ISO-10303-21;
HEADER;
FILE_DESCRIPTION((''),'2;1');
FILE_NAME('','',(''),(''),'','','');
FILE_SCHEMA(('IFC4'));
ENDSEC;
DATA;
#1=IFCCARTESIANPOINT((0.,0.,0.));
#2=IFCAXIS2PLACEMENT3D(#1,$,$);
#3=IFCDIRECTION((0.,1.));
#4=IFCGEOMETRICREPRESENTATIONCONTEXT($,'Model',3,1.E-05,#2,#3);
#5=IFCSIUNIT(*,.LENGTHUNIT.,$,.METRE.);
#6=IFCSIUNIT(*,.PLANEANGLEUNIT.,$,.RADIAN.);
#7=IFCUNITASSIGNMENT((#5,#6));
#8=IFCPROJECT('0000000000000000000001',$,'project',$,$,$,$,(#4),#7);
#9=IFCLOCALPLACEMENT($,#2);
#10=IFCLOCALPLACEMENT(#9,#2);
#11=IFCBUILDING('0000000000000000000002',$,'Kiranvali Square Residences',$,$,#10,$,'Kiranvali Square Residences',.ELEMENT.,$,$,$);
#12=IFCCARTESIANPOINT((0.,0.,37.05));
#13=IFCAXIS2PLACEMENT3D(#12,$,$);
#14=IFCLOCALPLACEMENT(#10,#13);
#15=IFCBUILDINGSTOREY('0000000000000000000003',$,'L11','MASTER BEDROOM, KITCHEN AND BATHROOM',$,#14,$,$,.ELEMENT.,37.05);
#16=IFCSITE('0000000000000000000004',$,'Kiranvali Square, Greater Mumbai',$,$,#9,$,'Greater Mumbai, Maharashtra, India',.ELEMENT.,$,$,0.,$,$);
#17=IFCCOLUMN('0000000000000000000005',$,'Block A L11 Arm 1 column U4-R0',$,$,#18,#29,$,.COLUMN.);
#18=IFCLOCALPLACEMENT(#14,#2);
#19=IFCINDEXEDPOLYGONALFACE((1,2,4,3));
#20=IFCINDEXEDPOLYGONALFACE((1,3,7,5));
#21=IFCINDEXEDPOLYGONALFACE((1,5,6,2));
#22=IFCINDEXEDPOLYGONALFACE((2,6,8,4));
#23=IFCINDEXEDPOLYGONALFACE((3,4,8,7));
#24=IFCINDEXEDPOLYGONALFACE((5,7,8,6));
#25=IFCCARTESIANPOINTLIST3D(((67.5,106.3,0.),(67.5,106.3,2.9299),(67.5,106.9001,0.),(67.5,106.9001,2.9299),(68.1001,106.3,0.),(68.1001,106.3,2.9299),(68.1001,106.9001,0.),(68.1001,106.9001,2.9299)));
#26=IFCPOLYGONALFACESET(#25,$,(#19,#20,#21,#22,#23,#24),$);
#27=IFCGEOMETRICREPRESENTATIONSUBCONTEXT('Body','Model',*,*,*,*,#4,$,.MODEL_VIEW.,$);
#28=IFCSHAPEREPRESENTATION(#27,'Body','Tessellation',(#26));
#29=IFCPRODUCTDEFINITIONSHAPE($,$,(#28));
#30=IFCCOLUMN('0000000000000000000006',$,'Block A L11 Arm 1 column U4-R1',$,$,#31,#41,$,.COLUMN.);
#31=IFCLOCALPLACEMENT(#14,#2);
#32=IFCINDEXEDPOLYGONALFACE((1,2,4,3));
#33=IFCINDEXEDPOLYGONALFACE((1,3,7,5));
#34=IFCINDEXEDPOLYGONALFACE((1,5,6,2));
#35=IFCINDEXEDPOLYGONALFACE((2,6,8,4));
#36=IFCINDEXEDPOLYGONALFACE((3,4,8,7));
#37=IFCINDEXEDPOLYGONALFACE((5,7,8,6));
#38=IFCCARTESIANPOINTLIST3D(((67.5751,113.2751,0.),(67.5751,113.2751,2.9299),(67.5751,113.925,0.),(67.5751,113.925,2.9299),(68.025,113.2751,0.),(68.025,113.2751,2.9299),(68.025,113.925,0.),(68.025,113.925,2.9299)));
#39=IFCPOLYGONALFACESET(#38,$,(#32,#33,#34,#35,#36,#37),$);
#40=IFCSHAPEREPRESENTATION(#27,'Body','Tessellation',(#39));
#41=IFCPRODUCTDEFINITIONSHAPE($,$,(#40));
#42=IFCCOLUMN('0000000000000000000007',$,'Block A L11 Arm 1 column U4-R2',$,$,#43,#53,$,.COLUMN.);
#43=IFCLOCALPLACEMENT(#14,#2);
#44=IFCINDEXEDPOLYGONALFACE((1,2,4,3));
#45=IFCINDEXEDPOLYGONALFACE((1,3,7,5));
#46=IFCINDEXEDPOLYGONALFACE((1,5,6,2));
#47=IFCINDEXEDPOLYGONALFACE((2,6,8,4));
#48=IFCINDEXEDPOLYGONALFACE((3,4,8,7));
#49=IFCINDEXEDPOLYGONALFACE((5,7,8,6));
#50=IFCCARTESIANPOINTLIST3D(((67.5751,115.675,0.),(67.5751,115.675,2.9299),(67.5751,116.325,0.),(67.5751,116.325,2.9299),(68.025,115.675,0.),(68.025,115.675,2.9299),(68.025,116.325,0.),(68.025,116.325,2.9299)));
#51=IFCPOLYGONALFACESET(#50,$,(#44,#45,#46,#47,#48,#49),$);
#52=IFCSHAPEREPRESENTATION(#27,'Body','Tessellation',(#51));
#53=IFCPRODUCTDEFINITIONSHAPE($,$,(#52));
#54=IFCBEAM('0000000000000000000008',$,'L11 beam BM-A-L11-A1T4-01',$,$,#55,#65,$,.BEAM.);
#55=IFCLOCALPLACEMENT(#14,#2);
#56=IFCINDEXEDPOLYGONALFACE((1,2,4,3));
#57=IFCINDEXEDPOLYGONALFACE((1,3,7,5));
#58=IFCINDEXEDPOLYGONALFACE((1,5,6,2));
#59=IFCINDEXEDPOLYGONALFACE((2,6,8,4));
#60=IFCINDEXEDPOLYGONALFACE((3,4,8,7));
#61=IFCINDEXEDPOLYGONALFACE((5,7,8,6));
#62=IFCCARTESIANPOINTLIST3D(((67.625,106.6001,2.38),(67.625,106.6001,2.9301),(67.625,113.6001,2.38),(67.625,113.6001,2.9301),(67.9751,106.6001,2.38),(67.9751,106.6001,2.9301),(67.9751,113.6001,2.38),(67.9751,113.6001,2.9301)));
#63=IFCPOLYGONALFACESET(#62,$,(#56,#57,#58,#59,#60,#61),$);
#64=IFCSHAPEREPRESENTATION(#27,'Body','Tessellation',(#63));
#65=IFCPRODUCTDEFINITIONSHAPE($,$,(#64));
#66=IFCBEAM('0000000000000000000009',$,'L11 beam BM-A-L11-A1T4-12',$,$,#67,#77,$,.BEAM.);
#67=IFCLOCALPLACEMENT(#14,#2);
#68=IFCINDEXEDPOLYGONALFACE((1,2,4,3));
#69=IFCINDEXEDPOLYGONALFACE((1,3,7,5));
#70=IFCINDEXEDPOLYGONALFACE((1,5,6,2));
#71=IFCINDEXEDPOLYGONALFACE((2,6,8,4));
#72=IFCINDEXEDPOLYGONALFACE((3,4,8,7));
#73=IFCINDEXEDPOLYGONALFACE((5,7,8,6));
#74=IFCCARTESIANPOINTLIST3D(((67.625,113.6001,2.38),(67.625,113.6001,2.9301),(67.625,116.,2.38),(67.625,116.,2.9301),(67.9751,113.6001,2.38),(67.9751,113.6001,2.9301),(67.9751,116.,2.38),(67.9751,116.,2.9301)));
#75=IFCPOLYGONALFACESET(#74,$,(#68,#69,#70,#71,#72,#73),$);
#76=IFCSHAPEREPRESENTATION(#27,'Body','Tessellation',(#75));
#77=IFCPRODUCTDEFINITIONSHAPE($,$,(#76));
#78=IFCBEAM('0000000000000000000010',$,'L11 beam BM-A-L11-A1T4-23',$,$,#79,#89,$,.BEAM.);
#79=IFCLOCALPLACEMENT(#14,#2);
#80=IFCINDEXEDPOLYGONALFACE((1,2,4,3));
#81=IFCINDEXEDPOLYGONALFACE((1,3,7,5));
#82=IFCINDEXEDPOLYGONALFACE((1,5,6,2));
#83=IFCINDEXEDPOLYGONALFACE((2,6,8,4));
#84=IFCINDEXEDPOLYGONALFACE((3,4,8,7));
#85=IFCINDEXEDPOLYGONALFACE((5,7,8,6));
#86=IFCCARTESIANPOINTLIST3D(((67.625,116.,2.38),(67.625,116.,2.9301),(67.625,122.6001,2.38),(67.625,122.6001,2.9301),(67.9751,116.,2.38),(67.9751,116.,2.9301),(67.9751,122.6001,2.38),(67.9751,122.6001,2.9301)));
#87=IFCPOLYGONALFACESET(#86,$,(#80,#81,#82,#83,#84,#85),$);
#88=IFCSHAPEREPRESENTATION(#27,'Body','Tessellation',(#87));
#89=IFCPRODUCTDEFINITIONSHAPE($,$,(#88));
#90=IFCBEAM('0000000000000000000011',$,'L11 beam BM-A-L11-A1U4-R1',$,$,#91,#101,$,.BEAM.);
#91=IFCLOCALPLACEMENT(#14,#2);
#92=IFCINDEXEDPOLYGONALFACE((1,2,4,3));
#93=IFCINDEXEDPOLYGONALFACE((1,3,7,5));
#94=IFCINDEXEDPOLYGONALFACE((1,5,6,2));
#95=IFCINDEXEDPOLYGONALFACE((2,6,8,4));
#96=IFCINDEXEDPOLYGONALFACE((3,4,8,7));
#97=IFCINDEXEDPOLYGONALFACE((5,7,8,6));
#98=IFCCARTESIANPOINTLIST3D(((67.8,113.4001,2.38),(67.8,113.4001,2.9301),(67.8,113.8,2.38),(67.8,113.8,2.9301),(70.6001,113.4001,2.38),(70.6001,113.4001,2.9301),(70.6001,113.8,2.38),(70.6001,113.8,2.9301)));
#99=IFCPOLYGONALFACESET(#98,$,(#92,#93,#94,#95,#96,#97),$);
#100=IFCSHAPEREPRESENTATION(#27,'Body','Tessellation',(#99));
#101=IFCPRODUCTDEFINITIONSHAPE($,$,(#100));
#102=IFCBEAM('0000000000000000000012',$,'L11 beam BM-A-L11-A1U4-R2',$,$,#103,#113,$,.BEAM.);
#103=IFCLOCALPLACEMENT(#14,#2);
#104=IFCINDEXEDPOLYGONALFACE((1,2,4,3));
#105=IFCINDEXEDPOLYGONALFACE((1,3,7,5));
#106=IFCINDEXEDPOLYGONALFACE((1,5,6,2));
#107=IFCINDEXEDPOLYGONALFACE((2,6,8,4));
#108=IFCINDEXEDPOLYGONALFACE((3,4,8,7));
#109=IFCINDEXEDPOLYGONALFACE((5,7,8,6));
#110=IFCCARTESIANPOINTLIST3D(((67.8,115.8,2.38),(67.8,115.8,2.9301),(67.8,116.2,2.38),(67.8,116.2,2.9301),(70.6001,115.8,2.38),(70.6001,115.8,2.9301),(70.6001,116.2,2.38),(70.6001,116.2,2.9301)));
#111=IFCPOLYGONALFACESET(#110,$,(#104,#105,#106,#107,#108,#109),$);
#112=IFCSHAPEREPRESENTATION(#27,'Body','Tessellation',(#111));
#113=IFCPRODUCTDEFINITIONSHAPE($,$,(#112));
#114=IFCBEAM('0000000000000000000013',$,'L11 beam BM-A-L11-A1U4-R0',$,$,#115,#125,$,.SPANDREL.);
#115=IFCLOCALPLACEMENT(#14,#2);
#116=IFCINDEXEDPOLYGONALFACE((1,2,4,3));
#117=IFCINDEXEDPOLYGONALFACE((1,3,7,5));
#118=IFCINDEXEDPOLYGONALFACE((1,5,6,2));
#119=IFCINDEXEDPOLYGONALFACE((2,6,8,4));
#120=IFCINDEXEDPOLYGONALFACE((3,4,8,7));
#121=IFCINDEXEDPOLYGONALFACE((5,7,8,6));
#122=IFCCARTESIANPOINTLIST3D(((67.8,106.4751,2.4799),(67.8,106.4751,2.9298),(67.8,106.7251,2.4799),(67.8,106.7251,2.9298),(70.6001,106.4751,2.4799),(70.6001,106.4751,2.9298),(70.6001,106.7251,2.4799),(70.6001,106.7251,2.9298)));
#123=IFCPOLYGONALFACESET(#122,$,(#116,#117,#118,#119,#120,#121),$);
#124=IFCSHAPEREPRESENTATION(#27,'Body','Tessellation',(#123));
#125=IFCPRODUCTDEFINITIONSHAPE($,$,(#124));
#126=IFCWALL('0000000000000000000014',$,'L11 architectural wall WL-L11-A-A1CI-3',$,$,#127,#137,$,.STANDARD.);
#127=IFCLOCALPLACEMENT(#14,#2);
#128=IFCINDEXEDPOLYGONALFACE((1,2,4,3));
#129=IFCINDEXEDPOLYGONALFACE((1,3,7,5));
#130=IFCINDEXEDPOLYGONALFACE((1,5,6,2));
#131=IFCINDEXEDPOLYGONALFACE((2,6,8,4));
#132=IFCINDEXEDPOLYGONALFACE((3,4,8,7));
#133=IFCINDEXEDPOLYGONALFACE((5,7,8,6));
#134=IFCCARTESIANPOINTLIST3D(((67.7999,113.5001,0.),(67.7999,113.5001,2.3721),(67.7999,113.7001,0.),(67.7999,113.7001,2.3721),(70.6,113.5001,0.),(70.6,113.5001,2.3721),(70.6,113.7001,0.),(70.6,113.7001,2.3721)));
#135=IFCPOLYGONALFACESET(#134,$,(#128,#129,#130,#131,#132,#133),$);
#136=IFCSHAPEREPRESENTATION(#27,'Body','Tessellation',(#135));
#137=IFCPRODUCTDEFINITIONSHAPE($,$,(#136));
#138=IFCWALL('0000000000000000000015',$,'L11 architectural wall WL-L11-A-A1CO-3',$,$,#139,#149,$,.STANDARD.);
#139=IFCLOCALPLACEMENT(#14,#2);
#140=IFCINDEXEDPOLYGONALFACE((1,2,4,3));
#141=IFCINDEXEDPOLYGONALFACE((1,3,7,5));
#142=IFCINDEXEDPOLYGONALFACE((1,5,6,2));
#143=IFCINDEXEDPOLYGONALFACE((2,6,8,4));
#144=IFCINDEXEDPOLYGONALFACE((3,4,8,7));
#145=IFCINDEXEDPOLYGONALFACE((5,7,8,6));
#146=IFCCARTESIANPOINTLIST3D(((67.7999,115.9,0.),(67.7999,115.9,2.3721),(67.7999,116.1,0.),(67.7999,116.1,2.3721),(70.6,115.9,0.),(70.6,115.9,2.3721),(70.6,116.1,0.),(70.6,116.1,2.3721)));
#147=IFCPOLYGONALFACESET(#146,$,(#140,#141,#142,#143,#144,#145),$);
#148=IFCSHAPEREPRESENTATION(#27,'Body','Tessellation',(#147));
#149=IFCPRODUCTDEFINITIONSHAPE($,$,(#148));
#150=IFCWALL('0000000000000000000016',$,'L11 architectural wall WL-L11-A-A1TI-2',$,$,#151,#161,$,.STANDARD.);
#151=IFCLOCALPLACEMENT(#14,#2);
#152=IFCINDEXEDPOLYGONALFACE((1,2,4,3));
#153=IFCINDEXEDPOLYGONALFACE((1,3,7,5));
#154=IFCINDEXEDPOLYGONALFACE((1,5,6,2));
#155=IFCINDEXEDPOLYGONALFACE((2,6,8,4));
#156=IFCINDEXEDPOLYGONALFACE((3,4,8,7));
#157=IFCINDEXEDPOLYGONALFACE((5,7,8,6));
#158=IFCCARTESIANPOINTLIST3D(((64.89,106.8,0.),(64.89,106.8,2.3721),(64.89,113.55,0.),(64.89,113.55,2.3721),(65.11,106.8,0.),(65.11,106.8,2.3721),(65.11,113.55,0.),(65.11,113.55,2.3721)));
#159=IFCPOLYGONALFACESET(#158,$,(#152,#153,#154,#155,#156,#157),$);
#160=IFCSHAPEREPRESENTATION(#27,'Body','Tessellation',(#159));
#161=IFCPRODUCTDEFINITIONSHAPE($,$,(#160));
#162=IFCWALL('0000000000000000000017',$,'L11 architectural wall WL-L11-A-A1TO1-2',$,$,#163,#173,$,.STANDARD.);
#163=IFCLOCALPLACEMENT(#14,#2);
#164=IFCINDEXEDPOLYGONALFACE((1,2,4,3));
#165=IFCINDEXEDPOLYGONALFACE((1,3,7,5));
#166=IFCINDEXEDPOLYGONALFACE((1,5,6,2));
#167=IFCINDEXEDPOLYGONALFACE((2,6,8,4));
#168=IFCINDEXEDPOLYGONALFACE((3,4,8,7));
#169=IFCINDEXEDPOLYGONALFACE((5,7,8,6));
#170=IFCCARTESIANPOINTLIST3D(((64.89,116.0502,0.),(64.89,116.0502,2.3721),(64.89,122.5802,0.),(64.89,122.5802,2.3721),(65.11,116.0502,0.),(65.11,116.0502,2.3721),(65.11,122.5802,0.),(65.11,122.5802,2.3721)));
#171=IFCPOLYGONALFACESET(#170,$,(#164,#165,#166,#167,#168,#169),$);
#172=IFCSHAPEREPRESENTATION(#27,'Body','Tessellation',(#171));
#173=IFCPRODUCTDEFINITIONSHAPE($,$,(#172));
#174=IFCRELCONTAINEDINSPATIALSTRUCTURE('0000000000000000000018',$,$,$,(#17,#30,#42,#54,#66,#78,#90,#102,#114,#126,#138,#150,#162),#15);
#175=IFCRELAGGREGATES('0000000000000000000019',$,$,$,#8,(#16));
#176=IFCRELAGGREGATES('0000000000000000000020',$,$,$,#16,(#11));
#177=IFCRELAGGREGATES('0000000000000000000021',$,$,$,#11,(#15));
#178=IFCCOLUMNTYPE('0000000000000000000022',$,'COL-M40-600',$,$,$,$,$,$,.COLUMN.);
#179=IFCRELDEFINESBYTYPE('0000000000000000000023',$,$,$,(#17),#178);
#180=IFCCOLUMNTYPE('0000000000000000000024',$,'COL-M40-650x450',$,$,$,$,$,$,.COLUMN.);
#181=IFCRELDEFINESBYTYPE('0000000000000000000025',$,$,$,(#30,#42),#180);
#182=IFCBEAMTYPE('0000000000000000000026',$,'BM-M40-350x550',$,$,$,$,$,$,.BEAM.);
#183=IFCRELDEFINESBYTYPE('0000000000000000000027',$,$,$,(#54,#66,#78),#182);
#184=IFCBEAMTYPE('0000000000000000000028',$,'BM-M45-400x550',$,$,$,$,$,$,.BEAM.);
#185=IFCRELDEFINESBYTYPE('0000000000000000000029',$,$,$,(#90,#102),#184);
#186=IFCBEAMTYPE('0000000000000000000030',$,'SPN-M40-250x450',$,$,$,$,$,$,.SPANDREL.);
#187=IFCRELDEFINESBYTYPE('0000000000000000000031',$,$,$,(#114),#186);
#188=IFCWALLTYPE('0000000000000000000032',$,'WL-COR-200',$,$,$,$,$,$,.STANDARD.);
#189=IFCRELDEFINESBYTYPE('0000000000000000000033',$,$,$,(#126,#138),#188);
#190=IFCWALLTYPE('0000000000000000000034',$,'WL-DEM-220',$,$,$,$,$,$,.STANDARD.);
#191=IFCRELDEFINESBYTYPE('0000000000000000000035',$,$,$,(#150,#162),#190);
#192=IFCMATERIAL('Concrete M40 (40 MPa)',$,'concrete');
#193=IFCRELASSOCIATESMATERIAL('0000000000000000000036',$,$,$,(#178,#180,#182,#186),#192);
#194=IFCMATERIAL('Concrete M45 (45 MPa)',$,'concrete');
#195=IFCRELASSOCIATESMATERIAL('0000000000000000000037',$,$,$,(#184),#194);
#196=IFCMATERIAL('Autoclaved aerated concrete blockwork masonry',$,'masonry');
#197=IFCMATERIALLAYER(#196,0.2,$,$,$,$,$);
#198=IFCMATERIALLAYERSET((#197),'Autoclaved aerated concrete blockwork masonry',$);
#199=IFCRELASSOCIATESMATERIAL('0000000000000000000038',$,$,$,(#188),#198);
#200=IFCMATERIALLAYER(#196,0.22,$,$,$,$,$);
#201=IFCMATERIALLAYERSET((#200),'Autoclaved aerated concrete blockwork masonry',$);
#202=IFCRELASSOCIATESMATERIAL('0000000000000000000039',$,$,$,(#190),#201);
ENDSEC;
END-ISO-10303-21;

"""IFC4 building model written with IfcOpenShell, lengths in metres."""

from ifc_helpers import new_model, si_unit, direction, frame, frame_2d, origin, origin_2d, place, context, subcontext, project, spatial, rectangle, extrude, material, layer, layer_set, material_profile, profile_set, type_object, element, save


model = new_model("IFC4")

# Units and contexts
model_context = context("Model", 3, precision=1e-05, world=origin(), true_north=direction((0.0, 1.0)))
body_context = subcontext(model_context, "Body", "Model", "MODEL_VIEW")
ifc_project = project(units=[si_unit("LENGTHUNIT", "METRE"), si_unit("PLANEANGLEUNIT", "RADIAN")], contexts=[model_context])

# Site, building, storey
site_placement = place(None, origin())
site = spatial("IfcSite", under=ifc_project, at=site_placement, Name="Kiranvali Square, Greater Mumbai", LongName="Greater Mumbai, Maharashtra, India", CompositionType="ELEMENT", RefElevation=0.0)
building_placement = place(site_placement, origin())
building = spatial("IfcBuilding", under=site, at=building_placement, Name="Kiranvali Square Residences", LongName="Kiranvali Square Residences", CompositionType="ELEMENT")
storey_placement = place(building_placement, frame((0.0, 0.0, 37.05)))
storey = spatial("IfcBuildingStorey", under=building, at=storey_placement, Name="L11", Description="MASTER BEDROOM, KITCHEN AND BATHROOM", CompositionType="ELEMENT", Elevation=37.05)

# Columns
ifc_material_1 = material(Name="Concrete M40 (40 MPa)", Category="concrete")
ifc_material_profile_1 = material_profile(ifc_material_1, rectangle(XDim=0.6001, YDim=0.6001, at=origin_2d()), Name="RC 600x600")
ifc_profile_set_1 = profile_set([ifc_material_profile_1], Name="Concrete M40 (40 MPa)")
column_type_1 = type_object("IfcColumnType", Name="COL-M40-600", PredefinedType="COLUMN", material=ifc_profile_set_1)
column_placement = place(storey_placement, frame((67.8, 106.6001, 0.0), z_axis=(0.0, 0.0, 1.0), x_axis=(1.0, 0.0, 0.0)))
element("IfcColumn", 1, at=column_placement, inside=storey, type_object=column_type_1, Name="Block A L11 Arm 1 column U4-R0", PredefinedType="COLUMN", context=body_context, shape_type="SweptSolid", body=[
    extrude(rectangle(XDim=0.6001, YDim=0.6001, at=origin_2d()), origin(), (0.0, 0.0, 1.0), 2.9299),
])
ifc_material_profile_2 = material_profile(ifc_material_1, rectangle(XDim=0.45, YDim=0.6499, at=origin_2d()), Name="RC 650x450")
ifc_profile_set_2 = profile_set([ifc_material_profile_2], Name="Concrete M40 (40 MPa)")
column_type_2 = type_object("IfcColumnType", Name="COL-M40-650x450", PredefinedType="COLUMN", material=ifc_profile_set_2)
for number, where, z_axis, x_axis, name in (
    (2, (67.8, 113.6001, 0.0), (0.0, 0.0, 1.0), (1.0, 0.0, 0.0), "Block A L11 Arm 1 column U4-R1"),
    (3, (67.8, 116.0, 0.0), (0.0, 0.0, 1.0), (1.0, 0.0, 0.0), "Block A L11 Arm 1 column U4-R2"),
):
    element("IfcColumn", number, at=place(storey_placement, frame(where, z_axis=z_axis, x_axis=x_axis)), inside=storey, type_object=column_type_2, Name=name, PredefinedType="COLUMN", context=body_context, shape_type="SweptSolid", body=[
        extrude(rectangle(XDim=0.45, YDim=0.6499, at=origin_2d()), origin(), (0.0, 0.0, 1.0), 2.9299),
    ])

# Beams
ifc_material_profile_3 = material_profile(ifc_material_1, rectangle(XDim=0.3501, YDim=0.55, at=origin_2d()), Name="RC 350x550")
ifc_profile_set_3 = profile_set([ifc_material_profile_3], Name="Concrete M40 (40 MPa)")
beam_type_1 = type_object("IfcBeamType", Name="BM-M40-350x550", PredefinedType="BEAM", material=ifc_profile_set_3)
beam_1_placement = place(storey_placement, frame((67.8, 106.6001, 2.655), z_axis=(0.0, 1.0, 0.0), x_axis=(-1.0, 0.0, 0.0)))
element("IfcBeam", 4, at=beam_1_placement, inside=storey, type_object=beam_type_1, Name="L11 beam BM-A-L11-A1T4-01", PredefinedType="BEAM", context=body_context, shape_type="SweptSolid", body=[
    extrude(rectangle(XDim=0.3501, YDim=0.55, at=origin_2d()), origin(), (0.0, 0.0, 1.0), 7.0),
])
beam_2_placement = place(storey_placement, frame((67.8, 113.6001, 2.655), z_axis=(0.0, 1.0, 0.0), x_axis=(-1.0, 0.0, 0.0)))
element("IfcBeam", 5, at=beam_2_placement, inside=storey, type_object=beam_type_1, Name="L11 beam BM-A-L11-A1T4-12", PredefinedType="BEAM", context=body_context, shape_type="SweptSolid", body=[
    extrude(rectangle(XDim=0.3501, YDim=0.55, at=origin_2d()), origin(), (0.0, 0.0, 1.0), 2.3999),
])
beam_3_placement = place(storey_placement, frame((67.8, 116.0, 2.655), z_axis=(0.0, 1.0, 0.0), x_axis=(-1.0, 0.0, 0.0)))
element("IfcBeam", 6, at=beam_3_placement, inside=storey, type_object=beam_type_1, Name="L11 beam BM-A-L11-A1T4-23", PredefinedType="BEAM", context=body_context, shape_type="SweptSolid", body=[
    extrude(rectangle(XDim=0.3501, YDim=0.55, at=origin_2d()), origin(), (0.0, 0.0, 1.0), 6.6001),
])
ifc_material_2 = material(Name="Concrete M45 (45 MPa)", Category="concrete")
ifc_material_profile_4 = material_profile(ifc_material_2, rectangle(XDim=0.3999, YDim=0.55, at=origin_2d()), Name="RC 400x550")
ifc_profile_set_4 = profile_set([ifc_material_profile_4], Name="Concrete M45 (45 MPa)")
beam_type_2 = type_object("IfcBeamType", Name="BM-M45-400x550", PredefinedType="BEAM", material=ifc_profile_set_4)
for number, where, z_axis, x_axis, name in (
    (7, (67.8, 113.6001, 2.655), (1.0, 0.0, 0.0), (0.0, 1.0, 0.0), "L11 beam BM-A-L11-A1U4-R1"),
    (8, (67.8, 116.0, 2.655), (1.0, 0.0, 0.0), (0.0, 1.0, 0.0), "L11 beam BM-A-L11-A1U4-R2"),
):
    element("IfcBeam", number, at=place(storey_placement, frame(where, z_axis=z_axis, x_axis=x_axis)), inside=storey, type_object=beam_type_2, Name=name, PredefinedType="BEAM", context=body_context, shape_type="SweptSolid", body=[
        extrude(rectangle(XDim=0.3999, YDim=0.55, at=origin_2d()), origin(), (0.0, 0.0, 1.0), 2.8),
    ])
ifc_material_profile_5 = material_profile(ifc_material_1, rectangle(XDim=0.25, YDim=0.45, at=origin_2d()), Name="RC 250x450")
ifc_profile_set_5 = profile_set([ifc_material_profile_5], Name="Concrete M40 (40 MPa)")
beam_type_3 = type_object("IfcBeamType", Name="SPN-M40-250x450", PredefinedType="SPANDREL", material=ifc_profile_set_5)
beam_4_placement = place(storey_placement, frame((67.8, 106.6001, 2.7048), z_axis=(1.0, 0.0, 0.0), x_axis=(0.0, 1.0, 0.0)))
element("IfcBeam", 9, at=beam_4_placement, inside=storey, type_object=beam_type_3, Name="L11 beam BM-A-L11-A1U4-R0", PredefinedType="SPANDREL", context=body_context, shape_type="SweptSolid", body=[
    extrude(rectangle(XDim=0.25, YDim=0.45, at=origin_2d()), origin(), (0.0, 0.0, 1.0), 2.8),
])

# Shared definitions
ifc_material_3 = material(Name="Autoclaved aerated concrete blockwork masonry", Category="masonry")
ifc_layer_1 = layer(ifc_material_3, 0.2)
ifc_layer_set_1 = layer_set([ifc_layer_1], Name="Autoclaved aerated concrete blockwork masonry")
wall_type_1 = type_object("IfcWallType", Name="WL-COR-200", PredefinedType="STANDARD", material=ifc_layer_set_1)

# Walls
for number, where, z_axis, x_axis, name in (
    (10, (67.8, 113.6001, 0.0), (0.0, 0.0, 1.0), (1.0, 0.0, 0.0), "L11 architectural wall WL-L11-A-A1CI-3"),
    (11, (67.8, 116.0, 0.0), (0.0, 0.0, 1.0), (1.0, 0.0, 0.0), "L11 architectural wall WL-L11-A-A1CO-3"),
):
    element("IfcWall", number, at=place(storey_placement, frame(where, z_axis=z_axis, x_axis=x_axis)), inside=storey, type_object=wall_type_1, Name=name, PredefinedType="STANDARD", context=body_context, shape_type="SweptSolid", body=[
        extrude(rectangle(XDim=2.8, YDim=0.2, at=frame_2d((1.3999, 0.0))), origin(), (0.0, 0.0, 1.0), 2.3721),
    ])
ifc_layer_2 = layer(ifc_material_3, 0.22)
ifc_layer_set_2 = layer_set([ifc_layer_2], Name="Autoclaved aerated concrete blockwork masonry")
wall_type_2 = type_object("IfcWallType", Name="WL-DEM-220", PredefinedType="STANDARD", material=ifc_layer_set_2)
wall_1_placement = place(storey_placement, frame((65.0, 106.8, 0.0), z_axis=(0.0, 0.0, 1.0), x_axis=(0.0, 1.0, 0.0)))
element("IfcWall", 12, at=wall_1_placement, inside=storey, type_object=wall_type_2, Name="L11 architectural wall WL-L11-A-A1TI-2", PredefinedType="STANDARD", context=body_context, shape_type="SweptSolid", body=[
    extrude(rectangle(XDim=6.75, YDim=0.22, at=frame_2d((3.375, 0.0))), origin(), (0.0, 0.0, 1.0), 2.3721),
])
wall_2_placement = place(storey_placement, frame((65.0, 116.05, 0.0), z_axis=(0.0, 0.0, 1.0), x_axis=(0.0, 1.0, 0.0)))
element("IfcWall", 13, at=wall_2_placement, inside=storey, type_object=wall_type_2, Name="L11 architectural wall WL-L11-A-A1TO1-2", PredefinedType="STANDARD", context=body_context, shape_type="SweptSolid", body=[
    extrude(rectangle(XDim=6.53, YDim=0.22, at=frame_2d((3.2651, 0.0))), origin(), (0.0, 0.0, 1.0), 2.3721),
])

save(model, "model.ifc")
